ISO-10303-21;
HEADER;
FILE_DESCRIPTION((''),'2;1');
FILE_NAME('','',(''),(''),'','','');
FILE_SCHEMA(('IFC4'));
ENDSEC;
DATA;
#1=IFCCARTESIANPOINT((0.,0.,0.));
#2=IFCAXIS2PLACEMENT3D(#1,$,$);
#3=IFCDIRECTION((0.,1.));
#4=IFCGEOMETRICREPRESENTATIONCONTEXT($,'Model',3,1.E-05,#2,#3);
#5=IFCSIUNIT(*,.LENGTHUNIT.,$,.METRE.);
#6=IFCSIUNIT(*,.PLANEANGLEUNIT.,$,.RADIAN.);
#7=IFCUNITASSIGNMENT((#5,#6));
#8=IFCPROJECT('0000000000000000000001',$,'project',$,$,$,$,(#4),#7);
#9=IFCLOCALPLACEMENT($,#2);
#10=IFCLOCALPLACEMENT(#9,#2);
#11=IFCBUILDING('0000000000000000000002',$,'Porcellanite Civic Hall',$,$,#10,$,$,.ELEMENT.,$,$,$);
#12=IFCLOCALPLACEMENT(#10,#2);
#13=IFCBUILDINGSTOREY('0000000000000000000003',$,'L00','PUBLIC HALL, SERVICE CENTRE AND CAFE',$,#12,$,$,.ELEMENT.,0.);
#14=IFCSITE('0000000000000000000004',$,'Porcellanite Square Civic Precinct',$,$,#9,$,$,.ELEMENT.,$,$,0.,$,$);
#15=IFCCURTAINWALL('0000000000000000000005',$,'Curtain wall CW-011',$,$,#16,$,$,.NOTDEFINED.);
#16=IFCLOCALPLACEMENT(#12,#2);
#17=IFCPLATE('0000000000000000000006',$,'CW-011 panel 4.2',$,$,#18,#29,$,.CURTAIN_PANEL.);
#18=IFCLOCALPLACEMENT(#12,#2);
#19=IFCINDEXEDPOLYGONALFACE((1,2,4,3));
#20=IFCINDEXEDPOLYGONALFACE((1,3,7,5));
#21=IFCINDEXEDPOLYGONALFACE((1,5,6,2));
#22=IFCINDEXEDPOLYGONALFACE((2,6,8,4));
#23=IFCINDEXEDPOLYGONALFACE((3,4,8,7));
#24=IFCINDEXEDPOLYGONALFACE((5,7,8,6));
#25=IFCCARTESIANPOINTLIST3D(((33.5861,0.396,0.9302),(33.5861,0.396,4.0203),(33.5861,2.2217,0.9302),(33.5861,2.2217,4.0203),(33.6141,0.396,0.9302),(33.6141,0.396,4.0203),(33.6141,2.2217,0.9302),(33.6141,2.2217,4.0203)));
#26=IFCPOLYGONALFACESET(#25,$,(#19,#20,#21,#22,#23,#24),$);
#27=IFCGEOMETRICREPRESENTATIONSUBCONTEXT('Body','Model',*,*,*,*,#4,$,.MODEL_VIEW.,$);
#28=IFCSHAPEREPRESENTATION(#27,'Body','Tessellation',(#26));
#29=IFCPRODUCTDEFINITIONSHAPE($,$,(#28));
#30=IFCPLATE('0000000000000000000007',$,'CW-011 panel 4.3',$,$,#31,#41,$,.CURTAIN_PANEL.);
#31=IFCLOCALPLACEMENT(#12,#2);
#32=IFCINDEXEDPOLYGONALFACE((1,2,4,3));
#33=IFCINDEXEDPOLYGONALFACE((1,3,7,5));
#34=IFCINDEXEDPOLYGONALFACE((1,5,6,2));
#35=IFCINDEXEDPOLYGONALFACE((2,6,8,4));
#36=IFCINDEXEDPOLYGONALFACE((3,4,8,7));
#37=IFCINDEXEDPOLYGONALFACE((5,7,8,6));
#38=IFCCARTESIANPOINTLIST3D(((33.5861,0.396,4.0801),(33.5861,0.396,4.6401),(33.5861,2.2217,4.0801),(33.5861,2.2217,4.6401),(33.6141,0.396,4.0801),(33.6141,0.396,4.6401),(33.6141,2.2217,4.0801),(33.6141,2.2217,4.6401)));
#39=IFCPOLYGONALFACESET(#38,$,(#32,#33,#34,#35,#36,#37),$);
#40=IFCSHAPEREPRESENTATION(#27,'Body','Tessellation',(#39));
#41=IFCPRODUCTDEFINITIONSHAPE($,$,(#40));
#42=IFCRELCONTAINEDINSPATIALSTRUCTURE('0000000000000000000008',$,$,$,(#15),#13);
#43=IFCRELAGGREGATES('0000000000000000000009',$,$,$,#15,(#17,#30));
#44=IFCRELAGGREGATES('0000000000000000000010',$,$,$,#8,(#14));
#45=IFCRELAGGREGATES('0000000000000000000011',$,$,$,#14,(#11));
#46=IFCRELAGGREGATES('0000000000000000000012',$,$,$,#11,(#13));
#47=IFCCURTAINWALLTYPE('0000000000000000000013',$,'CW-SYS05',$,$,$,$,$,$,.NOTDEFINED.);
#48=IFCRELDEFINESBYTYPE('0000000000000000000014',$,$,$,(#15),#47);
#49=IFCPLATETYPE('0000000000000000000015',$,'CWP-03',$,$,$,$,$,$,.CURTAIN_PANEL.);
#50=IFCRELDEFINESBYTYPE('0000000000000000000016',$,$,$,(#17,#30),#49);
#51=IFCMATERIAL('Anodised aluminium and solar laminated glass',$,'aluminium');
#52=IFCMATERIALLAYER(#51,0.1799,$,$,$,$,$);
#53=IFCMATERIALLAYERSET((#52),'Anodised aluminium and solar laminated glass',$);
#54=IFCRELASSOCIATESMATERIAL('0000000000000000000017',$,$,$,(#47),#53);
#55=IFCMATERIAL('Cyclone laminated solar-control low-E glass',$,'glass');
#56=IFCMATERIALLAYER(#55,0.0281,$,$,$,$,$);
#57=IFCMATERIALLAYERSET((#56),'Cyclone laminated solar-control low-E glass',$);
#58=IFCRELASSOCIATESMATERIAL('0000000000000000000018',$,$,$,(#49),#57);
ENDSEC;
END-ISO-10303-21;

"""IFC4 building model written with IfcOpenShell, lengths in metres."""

from ifc_helpers import new_model, si_unit, direction, frame, origin, origin_2d, place, context, subcontext, project, spatial, rectangle, extrude, material, layer, layer_set, type_object, element, aggregate, save


model = new_model("IFC4")

# Units and contexts
model_context = context("Model", 3, precision=1e-05, world=origin(), true_north=direction((0.0, 1.0)))
body_context = subcontext(model_context, "Body", "Model", "MODEL_VIEW")
ifc_project = project(units=[si_unit("LENGTHUNIT", "METRE"), si_unit("PLANEANGLEUNIT", "RADIAN")], contexts=[model_context])

# Site, building, storey
site_placement = place(None, origin())
site = spatial("IfcSite", under=ifc_project, at=site_placement, Name="Porcellanite Square Civic Precinct", CompositionType="ELEMENT", RefElevation=0.0)
building_placement = place(site_placement, origin())
building = spatial("IfcBuilding", under=site, at=building_placement, Name="Porcellanite Civic Hall", CompositionType="ELEMENT")
storey_placement = place(building_placement, origin())
storey = spatial("IfcBuildingStorey", under=building, at=storey_placement, Name="L00", Description="PUBLIC HALL, SERVICE CENTRE AND CAFE", CompositionType="ELEMENT", Elevation=0.0)

# Curtain wall, plates
ifc_material_1 = material(Name="Anodised aluminium and solar laminated glass", Category="aluminium")
ifc_layer_1 = layer(ifc_material_1, 0.1799)
ifc_layer_set_1 = layer_set([ifc_layer_1], Name="Anodised aluminium and solar laminated glass")
curtain_wall_type = type_object("IfcCurtainWallType", Name="CW-SYS05", PredefinedType="NOTDEFINED", material=ifc_layer_set_1)
curtain_wall_placement = place(storey_placement, origin())
curtain_wall = element("IfcCurtainWall", 1, at=curtain_wall_placement, inside=storey, type_object=curtain_wall_type, Name="Curtain wall CW-011", PredefinedType="NOTDEFINED")
ifc_material_2 = material(Name="Cyclone laminated solar-control low-E glass", Category="glass")
ifc_layer_2 = layer(ifc_material_2, 0.0281)
ifc_layer_set_2 = layer_set([ifc_layer_2], Name="Cyclone laminated solar-control low-E glass")
plate_type = type_object("IfcPlateType", Name="CWP-03", PredefinedType="CURTAIN_PANEL", material=ifc_layer_set_2)
plate_1_placement = place(storey_placement, frame((33.6001, 1.3088, 0.9302), z_axis=(0.0, 0.0, 1.0), x_axis=(0.0, -1.0, 0.0)))
plate_1 = element("IfcPlate", 2, at=plate_1_placement, type_object=plate_type, Name="CW-011 panel 4.2", PredefinedType="CURTAIN_PANEL", context=body_context, shape_type="SweptSolid", body=[
    extrude(rectangle(XDim=1.8257, YDim=0.0281, at=origin_2d()), origin(), (0.0, 0.0, 1.0), 3.0901),
])
plate_2_placement = place(storey_placement, frame((33.6001, 1.3088, 4.0801), z_axis=(0.0, 0.0, 1.0), x_axis=(0.0, -1.0, 0.0)))
plate_2 = element("IfcPlate", 3, at=plate_2_placement, type_object=plate_type, Name="CW-011 panel 4.3", PredefinedType="CURTAIN_PANEL", context=body_context, shape_type="SweptSolid", body=[
    extrude(rectangle(XDim=1.8257, YDim=0.0281, at=origin_2d()), origin(), (0.0, 0.0, 1.0), 0.5601),
])
aggregate(curtain_wall, [plate_1, plate_2])

save(model, "model.ifc")
